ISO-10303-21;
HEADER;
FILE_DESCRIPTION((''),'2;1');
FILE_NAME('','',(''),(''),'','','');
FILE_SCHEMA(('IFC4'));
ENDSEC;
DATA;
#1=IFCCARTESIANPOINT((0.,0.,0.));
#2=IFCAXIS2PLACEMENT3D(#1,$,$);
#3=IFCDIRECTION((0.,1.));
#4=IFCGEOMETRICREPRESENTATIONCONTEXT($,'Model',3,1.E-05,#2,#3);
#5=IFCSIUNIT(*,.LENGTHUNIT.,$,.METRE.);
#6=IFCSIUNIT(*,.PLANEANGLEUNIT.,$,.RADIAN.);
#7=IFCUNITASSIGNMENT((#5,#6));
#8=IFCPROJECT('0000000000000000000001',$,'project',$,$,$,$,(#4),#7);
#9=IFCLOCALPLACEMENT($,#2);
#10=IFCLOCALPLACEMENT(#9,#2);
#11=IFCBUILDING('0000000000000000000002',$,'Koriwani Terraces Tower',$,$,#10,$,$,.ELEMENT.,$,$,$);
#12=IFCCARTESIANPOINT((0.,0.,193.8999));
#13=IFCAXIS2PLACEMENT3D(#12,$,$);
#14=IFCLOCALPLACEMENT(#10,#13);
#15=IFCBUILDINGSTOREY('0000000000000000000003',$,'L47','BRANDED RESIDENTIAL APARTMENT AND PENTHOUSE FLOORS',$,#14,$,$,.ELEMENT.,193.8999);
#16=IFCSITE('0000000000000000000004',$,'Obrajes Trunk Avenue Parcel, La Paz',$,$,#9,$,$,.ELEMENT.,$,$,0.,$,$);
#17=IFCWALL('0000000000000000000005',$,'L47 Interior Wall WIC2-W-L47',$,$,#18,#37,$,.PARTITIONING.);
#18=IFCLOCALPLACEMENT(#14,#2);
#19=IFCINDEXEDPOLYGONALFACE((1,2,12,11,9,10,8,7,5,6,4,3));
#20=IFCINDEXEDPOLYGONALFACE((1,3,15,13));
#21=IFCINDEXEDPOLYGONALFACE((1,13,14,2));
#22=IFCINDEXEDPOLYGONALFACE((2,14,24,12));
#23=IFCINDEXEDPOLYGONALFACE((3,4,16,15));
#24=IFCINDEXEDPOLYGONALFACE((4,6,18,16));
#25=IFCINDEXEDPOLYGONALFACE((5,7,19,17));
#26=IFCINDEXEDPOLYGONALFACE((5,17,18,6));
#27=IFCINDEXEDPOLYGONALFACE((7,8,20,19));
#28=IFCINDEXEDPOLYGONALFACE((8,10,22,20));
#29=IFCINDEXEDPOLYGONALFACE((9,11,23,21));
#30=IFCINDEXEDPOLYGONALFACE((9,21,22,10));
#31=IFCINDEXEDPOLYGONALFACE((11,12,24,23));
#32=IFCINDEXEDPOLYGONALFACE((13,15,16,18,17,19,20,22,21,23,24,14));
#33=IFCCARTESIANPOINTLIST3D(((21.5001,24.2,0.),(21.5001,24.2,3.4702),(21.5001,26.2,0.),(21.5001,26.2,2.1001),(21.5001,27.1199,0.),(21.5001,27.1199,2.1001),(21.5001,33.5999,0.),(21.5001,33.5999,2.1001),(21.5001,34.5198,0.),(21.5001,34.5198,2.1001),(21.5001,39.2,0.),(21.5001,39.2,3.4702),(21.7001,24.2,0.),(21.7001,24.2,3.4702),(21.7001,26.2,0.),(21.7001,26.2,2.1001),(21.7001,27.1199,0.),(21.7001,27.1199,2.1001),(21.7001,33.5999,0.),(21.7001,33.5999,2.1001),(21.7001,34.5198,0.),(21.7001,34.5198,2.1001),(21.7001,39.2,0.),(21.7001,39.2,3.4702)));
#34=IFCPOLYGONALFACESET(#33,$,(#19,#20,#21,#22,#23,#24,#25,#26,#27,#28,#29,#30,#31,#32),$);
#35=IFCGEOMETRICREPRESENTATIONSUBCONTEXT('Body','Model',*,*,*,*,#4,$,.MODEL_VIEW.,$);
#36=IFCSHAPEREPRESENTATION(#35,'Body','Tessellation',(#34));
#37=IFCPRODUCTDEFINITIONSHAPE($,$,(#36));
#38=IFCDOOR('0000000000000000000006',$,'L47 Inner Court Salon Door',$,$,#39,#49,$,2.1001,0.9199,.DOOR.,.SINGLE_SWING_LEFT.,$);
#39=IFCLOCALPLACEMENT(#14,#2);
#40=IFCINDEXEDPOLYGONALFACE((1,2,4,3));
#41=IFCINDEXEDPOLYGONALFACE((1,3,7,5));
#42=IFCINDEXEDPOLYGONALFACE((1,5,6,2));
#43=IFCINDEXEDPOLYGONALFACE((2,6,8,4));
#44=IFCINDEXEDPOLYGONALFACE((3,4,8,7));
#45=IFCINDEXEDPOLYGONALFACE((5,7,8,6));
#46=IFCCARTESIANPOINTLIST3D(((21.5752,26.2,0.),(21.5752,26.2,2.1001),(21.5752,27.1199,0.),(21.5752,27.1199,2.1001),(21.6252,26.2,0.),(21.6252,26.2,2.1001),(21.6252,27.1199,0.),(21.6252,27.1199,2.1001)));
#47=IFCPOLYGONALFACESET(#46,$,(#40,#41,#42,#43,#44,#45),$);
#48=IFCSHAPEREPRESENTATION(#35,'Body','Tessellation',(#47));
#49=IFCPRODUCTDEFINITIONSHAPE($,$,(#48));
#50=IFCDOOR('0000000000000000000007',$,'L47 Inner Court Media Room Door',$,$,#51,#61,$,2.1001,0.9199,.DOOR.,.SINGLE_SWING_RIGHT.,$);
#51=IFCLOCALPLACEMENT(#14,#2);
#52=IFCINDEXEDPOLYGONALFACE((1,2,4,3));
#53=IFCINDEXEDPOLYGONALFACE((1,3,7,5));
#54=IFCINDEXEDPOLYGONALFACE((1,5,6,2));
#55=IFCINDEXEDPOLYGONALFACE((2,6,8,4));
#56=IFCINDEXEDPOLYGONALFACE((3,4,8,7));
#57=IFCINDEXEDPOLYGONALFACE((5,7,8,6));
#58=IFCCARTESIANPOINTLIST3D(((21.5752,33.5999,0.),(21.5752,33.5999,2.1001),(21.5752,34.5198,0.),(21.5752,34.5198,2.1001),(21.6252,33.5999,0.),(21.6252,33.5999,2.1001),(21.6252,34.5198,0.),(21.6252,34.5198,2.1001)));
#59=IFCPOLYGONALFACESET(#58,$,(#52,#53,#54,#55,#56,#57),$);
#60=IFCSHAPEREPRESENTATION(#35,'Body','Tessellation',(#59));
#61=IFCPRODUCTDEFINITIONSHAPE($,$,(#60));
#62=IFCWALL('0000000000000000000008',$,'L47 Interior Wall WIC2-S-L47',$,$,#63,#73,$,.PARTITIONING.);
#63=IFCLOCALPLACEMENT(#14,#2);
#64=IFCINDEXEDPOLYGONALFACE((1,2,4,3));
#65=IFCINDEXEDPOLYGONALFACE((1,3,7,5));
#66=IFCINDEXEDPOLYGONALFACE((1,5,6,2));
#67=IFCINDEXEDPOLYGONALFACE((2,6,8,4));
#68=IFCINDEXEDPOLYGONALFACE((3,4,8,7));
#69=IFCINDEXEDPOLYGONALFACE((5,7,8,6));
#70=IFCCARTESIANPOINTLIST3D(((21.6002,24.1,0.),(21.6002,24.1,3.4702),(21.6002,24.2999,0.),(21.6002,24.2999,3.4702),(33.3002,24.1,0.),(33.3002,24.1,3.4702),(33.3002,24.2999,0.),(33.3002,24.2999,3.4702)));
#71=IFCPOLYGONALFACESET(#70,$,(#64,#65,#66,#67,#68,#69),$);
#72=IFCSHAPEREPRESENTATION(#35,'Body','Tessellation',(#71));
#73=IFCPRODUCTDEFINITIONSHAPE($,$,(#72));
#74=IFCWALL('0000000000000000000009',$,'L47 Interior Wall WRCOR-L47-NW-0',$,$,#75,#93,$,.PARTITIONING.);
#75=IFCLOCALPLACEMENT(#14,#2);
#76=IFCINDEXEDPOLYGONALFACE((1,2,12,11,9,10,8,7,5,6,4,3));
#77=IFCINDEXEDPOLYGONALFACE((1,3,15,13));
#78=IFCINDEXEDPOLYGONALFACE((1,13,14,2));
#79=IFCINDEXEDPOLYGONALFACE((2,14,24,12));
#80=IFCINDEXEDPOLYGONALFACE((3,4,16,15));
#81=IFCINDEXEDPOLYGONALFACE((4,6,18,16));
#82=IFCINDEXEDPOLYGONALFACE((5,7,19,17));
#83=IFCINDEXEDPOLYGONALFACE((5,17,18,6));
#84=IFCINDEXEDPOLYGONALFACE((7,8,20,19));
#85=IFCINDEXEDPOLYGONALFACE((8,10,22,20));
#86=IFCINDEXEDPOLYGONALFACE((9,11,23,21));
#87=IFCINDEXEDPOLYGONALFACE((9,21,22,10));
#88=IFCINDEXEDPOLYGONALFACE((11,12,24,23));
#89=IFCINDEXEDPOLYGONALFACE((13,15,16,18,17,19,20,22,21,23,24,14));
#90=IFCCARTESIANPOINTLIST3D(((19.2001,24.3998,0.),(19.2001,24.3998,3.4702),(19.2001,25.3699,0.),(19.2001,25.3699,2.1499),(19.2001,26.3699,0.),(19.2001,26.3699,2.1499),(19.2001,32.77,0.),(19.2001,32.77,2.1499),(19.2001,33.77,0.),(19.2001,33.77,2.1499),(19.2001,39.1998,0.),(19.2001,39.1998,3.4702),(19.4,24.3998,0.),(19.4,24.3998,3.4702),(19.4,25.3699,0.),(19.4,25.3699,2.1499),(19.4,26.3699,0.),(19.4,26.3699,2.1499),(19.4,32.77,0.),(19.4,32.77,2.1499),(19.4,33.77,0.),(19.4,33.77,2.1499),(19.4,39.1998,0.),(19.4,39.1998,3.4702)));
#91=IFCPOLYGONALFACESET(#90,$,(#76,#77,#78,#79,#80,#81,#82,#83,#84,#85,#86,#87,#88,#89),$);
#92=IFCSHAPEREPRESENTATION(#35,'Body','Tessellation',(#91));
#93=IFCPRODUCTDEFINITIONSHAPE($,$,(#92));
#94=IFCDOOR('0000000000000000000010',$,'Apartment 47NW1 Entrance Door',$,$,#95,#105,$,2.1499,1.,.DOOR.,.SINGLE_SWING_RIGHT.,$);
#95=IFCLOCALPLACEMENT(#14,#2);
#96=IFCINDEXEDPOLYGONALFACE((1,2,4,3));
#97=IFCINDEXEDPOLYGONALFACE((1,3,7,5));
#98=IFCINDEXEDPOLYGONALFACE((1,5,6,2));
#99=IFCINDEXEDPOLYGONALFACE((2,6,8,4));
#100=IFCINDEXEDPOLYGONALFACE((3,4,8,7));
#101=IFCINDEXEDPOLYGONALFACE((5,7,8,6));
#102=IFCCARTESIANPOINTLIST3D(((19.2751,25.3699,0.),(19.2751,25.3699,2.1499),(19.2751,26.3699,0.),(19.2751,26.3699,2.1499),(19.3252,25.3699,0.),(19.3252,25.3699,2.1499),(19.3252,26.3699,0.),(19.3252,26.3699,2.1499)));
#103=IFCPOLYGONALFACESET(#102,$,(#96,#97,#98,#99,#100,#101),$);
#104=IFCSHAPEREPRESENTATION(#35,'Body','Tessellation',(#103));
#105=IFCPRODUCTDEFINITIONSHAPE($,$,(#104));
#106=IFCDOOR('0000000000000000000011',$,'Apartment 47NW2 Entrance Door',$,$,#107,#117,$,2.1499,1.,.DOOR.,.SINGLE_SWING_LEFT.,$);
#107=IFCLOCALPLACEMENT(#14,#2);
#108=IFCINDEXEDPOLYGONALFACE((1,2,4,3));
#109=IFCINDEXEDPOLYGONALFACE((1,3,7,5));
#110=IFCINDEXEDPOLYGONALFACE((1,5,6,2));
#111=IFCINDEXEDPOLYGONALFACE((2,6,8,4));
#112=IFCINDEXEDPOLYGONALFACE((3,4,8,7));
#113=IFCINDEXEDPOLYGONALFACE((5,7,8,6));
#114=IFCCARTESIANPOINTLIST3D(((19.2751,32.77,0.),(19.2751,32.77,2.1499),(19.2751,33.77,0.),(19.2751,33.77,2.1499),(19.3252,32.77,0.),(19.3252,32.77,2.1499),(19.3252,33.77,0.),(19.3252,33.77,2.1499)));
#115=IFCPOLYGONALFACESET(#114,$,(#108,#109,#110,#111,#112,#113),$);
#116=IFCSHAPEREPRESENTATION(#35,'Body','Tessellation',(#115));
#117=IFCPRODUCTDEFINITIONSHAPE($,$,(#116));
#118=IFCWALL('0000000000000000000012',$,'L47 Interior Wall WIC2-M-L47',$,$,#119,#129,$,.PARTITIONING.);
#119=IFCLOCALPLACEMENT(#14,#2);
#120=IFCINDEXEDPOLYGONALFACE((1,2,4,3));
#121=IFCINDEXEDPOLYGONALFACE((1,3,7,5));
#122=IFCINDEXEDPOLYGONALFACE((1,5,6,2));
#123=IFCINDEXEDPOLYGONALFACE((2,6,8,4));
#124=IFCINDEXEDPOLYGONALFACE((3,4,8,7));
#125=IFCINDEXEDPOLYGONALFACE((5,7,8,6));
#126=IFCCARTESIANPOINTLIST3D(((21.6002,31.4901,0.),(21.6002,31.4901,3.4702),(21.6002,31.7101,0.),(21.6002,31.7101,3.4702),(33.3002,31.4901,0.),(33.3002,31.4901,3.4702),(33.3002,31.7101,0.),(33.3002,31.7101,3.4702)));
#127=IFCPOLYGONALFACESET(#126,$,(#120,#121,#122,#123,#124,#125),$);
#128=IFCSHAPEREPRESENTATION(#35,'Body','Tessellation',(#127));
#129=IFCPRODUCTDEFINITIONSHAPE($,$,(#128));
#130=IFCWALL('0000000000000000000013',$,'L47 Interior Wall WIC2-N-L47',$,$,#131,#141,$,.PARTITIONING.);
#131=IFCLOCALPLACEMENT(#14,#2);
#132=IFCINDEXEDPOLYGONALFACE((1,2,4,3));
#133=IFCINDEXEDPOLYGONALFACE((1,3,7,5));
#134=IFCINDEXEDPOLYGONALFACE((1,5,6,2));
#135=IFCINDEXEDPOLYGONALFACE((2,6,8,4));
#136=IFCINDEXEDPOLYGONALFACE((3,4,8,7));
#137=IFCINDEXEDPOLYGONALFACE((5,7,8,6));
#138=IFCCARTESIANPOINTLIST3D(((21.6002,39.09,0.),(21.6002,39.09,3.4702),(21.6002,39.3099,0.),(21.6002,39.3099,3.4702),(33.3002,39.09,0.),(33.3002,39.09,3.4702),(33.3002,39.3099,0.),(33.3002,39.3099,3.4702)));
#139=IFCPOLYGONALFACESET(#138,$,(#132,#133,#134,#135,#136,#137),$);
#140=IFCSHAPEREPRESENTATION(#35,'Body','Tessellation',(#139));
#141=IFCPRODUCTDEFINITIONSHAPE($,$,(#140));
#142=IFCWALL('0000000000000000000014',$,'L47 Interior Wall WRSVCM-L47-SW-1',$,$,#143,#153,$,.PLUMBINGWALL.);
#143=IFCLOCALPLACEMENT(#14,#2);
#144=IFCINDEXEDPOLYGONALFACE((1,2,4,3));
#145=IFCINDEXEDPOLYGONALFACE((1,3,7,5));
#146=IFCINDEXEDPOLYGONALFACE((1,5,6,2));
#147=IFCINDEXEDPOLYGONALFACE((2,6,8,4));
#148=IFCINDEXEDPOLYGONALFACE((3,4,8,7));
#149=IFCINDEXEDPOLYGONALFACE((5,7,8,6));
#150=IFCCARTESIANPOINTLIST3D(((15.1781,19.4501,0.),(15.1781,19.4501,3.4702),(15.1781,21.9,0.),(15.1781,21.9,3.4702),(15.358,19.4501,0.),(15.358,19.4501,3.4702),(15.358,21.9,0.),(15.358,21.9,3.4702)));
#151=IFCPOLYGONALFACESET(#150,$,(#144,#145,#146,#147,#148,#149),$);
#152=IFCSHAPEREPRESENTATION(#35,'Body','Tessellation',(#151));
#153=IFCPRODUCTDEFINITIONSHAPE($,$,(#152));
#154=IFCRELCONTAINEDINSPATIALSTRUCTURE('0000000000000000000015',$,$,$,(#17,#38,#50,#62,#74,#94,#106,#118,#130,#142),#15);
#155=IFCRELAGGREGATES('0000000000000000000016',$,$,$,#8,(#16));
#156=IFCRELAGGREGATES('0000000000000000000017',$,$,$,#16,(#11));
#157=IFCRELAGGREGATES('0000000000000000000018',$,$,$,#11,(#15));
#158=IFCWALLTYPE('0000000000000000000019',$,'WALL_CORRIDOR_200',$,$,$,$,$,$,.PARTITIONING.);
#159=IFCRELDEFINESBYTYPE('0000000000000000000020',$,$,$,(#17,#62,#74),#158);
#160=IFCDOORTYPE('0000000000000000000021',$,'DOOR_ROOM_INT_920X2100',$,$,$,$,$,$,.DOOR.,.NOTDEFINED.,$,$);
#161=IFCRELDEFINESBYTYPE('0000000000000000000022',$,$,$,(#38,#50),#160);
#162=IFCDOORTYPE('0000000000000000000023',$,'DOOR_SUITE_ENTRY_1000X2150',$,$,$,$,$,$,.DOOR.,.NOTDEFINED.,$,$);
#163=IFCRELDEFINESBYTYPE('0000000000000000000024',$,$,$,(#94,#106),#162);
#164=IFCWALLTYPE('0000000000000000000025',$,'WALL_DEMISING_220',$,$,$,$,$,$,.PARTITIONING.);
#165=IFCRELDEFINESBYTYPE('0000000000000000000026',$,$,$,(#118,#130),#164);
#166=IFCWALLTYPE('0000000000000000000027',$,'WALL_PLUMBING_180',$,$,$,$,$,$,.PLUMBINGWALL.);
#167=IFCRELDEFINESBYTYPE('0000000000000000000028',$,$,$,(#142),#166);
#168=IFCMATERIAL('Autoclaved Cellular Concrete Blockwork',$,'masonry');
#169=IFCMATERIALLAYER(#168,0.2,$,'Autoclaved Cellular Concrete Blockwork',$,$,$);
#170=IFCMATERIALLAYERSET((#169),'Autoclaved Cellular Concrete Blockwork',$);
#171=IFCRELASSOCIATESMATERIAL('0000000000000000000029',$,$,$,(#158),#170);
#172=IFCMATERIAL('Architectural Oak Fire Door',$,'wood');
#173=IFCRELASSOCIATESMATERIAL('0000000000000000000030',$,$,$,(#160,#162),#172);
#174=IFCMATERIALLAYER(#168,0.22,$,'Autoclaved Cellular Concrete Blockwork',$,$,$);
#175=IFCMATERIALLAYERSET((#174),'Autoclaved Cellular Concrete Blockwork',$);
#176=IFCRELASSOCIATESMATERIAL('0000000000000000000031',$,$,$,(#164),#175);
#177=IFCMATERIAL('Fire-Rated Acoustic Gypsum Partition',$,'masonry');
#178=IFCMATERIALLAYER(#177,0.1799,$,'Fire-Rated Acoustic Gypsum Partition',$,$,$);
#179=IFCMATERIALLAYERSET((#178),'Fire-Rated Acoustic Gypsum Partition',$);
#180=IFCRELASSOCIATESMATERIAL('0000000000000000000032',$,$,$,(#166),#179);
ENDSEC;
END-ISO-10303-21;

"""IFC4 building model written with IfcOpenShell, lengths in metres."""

from ifc_helpers import new_model, si_unit, direction, frame, frame_2d, origin, place, context, subcontext, project, spatial, rectangle, extrude, material, layer, layer_set, type_object, element, fill, save


model = new_model("IFC4")

# Units and contexts
model_context = context("Model", 3, precision=1e-05, world=origin(), true_north=direction((0.0, 1.0)))
body_context = subcontext(model_context, "Body", "Model", "MODEL_VIEW")
ifc_project = project(units=[si_unit("LENGTHUNIT", "METRE"), si_unit("PLANEANGLEUNIT", "RADIAN")], contexts=[model_context])

# Site, building, storey
site_placement = place(None, origin())
site = spatial("IfcSite", under=ifc_project, at=site_placement, Name="Obrajes Trunk Avenue Parcel, La Paz", CompositionType="ELEMENT", RefElevation=0.0)
building_placement = place(site_placement, origin())
building = spatial("IfcBuilding", under=site, at=building_placement, Name="Koriwani Terraces Tower", CompositionType="ELEMENT")
storey_placement = place(building_placement, frame((0.0, 0.0, 193.8999)))
storey = spatial("IfcBuildingStorey", under=building, at=storey_placement, Name="L47", Description="BRANDED RESIDENTIAL APARTMENT AND PENTHOUSE FLOORS", CompositionType="ELEMENT", Elevation=193.8999)

# Wall, openings, doors
ifc_material_1 = material(Name="Autoclaved Cellular Concrete Blockwork", Category="masonry")
ifc_layer_1 = layer(ifc_material_1, 0.2, Name="Autoclaved Cellular Concrete Blockwork")
ifc_layer_set_1 = layer_set([ifc_layer_1], Name="Autoclaved Cellular Concrete Blockwork")
wall_type_1 = type_object("IfcWallType", Name="WALL_CORRIDOR_200", PredefinedType="PARTITIONING", material=ifc_layer_set_1)
wall_1_placement = place(storey_placement, frame((21.6001, 24.2, 0.0), z_axis=(0.0, 0.0, 1.0), x_axis=(0.0, 1.0, 0.0)))
wall_1 = element("IfcWall", 1, at=wall_1_placement, inside=storey, type_object=wall_type_1, Name="L47 Interior Wall WIC2-W-L47", PredefinedType="PARTITIONING", context=body_context, shape_type="SweptSolid", body=[
    extrude(rectangle(XDim=15.0, YDim=0.2, at=frame_2d((7.5, 0.0))), origin(), (0.0, 0.0, 1.0), 3.4702),
])
opening_1_placement = place(wall_1_placement, frame((2.0, 0.0, 0.0)))
opening_1 = element("IfcOpeningElement", 2, at=opening_1_placement, cuts=wall_1, PredefinedType="OPENING", context=body_context, shape_type="SweptSolid", body=[
    extrude(rectangle(XDim=0.9199, YDim=2.1001, at=frame_2d((0.46, 1.05))), frame((0.0, 0.1099, 0.0), z_axis=(0.0, -1.0, 0.0), x_axis=(1.0, 0.0, 0.0)), (0.0, 0.0, 1.0), 0.22),
])
opening_2_placement = place(wall_1_placement, frame((9.3999, 0.0, 0.0)))
opening_2 = element("IfcOpeningElement", 3, at=opening_2_placement, cuts=wall_1, PredefinedType="OPENING", context=body_context, shape_type="SweptSolid", body=[
    extrude(rectangle(XDim=0.9199, YDim=2.1001, at=frame_2d((0.46, 1.05))), frame((0.0, 0.1099, 0.0), z_axis=(0.0, -1.0, 0.0), x_axis=(1.0, 0.0, 0.0)), (0.0, 0.0, 1.0), 0.22),
])
ifc_material_2 = material(Name="Architectural Oak Fire Door", Category="wood")
door_type_1 = type_object("IfcDoorType", Name="DOOR_ROOM_INT_920X2100", OperationType="NOTDEFINED", PredefinedType="DOOR", material=ifc_material_2)
door_1_placement = place(opening_1_placement, origin())
door_1 = element("IfcDoor", 4, at=door_1_placement, inside=storey, type_object=door_type_1, Name="L47 Inner Court Salon Door", OperationType="SINGLE_SWING_LEFT", OverallHeight=2.1001, OverallWidth=0.9199, PredefinedType="DOOR", context=body_context, shape_type="SweptSolid", body=[
    extrude(rectangle(XDim=0.9199, YDim=2.1001, at=frame_2d((0.46, 1.05))), frame((0.0, 0.0249, 0.0), z_axis=(0.0, -1.0, 0.0), x_axis=(1.0, 0.0, 0.0)), (0.0, 0.0, 1.0), 0.05),
])
fill(opening_1, door_1)
door_2_placement = place(opening_2_placement, origin())
door_2 = element("IfcDoor", 5, at=door_2_placement, inside=storey, type_object=door_type_1, Name="L47 Inner Court Media Room Door", OperationType="SINGLE_SWING_RIGHT", OverallHeight=2.1001, OverallWidth=0.9199, PredefinedType="DOOR", context=body_context, shape_type="SweptSolid", body=[
    extrude(rectangle(XDim=0.9199, YDim=2.1001, at=frame_2d((0.46, 1.05))), frame((0.0, 0.0249, 0.0), z_axis=(0.0, -1.0, 0.0), x_axis=(1.0, 0.0, 0.0)), (0.0, 0.0, 1.0), 0.05),
])
fill(opening_2, door_2)

# Wall
wall_2_placement = place(storey_placement, frame((21.6001, 24.2, 0.0), z_axis=(0.0, 0.0, 1.0), x_axis=(1.0, 0.0, 0.0)))
element("IfcWall", 6, at=wall_2_placement, inside=storey, type_object=wall_type_1, Name="L47 Interior Wall WIC2-S-L47", PredefinedType="PARTITIONING", context=body_context, shape_type="SweptSolid", body=[
    extrude(rectangle(XDim=11.7, YDim=0.2, at=frame_2d((5.8501, 0.0))), origin(), (0.0, 0.0, 1.0), 3.4702),
])

# Wall, openings, doors
wall_3_placement = place(storey_placement, frame((19.3, 24.3999, 0.0), z_axis=(0.0, 0.0, 1.0), x_axis=(0.0, 1.0, 0.0)))
wall_3 = element("IfcWall", 7, at=wall_3_placement, inside=storey, type_object=wall_type_1, Name="L47 Interior Wall WRCOR-L47-NW-0", PredefinedType="PARTITIONING", context=body_context, shape_type="SweptSolid", body=[
    extrude(rectangle(XDim=14.8, YDim=0.2, at=frame_2d((7.3999, 0.0))), origin(), (0.0, 0.0, 1.0), 3.4702),
])
opening_3_placement = place(wall_3_placement, frame((0.97, 0.0, 0.0)))
opening_3 = element("IfcOpeningElement", 8, at=opening_3_placement, cuts=wall_3, PredefinedType="OPENING", context=body_context, shape_type="SweptSolid", body=[
    extrude(rectangle(XDim=1.0, YDim=2.1499, at=frame_2d((0.5, 1.075))), frame((0.0, 0.1099, 0.0), z_axis=(0.0, -1.0, 0.0), x_axis=(1.0, 0.0, 0.0)), (0.0, 0.0, 1.0), 0.22),
])
opening_4_placement = place(wall_3_placement, frame((8.3701, 0.0, 0.0)))
opening_4 = element("IfcOpeningElement", 9, at=opening_4_placement, cuts=wall_3, PredefinedType="OPENING", context=body_context, shape_type="SweptSolid", body=[
    extrude(rectangle(XDim=1.0, YDim=2.1499, at=frame_2d((0.5, 1.075))), frame((0.0, 0.1099, 0.0), z_axis=(0.0, -1.0, 0.0), x_axis=(1.0, 0.0, 0.0)), (0.0, 0.0, 1.0), 0.22),
])
door_type_2 = type_object("IfcDoorType", Name="DOOR_SUITE_ENTRY_1000X2150", OperationType="NOTDEFINED", PredefinedType="DOOR", material=ifc_material_2)
door_3_placement = place(opening_3_placement, origin())
door_3 = element("IfcDoor", 10, at=door_3_placement, inside=storey, type_object=door_type_2, Name="Apartment 47NW1 Entrance Door", OperationType="SINGLE_SWING_RIGHT", OverallHeight=2.1499, OverallWidth=1.0, PredefinedType="DOOR", context=body_context, shape_type="SweptSolid", body=[
    extrude(rectangle(XDim=1.0, YDim=2.1499, at=frame_2d((0.5, 1.075))), frame((0.0, 0.0249, 0.0), z_axis=(0.0, -1.0, 0.0), x_axis=(1.0, 0.0, 0.0)), (0.0, 0.0, 1.0), 0.05),
])
fill(opening_3, door_3)
door_4_placement = place(opening_4_placement, origin())
door_4 = element("IfcDoor", 11, at=door_4_placement, inside=storey, type_object=door_type_2, Name="Apartment 47NW2 Entrance Door", OperationType="SINGLE_SWING_LEFT", OverallHeight=2.1499, OverallWidth=1.0, PredefinedType="DOOR", context=body_context, shape_type="SweptSolid", body=[
    extrude(rectangle(XDim=1.0, YDim=2.1499, at=frame_2d((0.5, 1.075))), frame((0.0, 0.0249, 0.0), z_axis=(0.0, -1.0, 0.0), x_axis=(1.0, 0.0, 0.0)), (0.0, 0.0, 1.0), 0.05),
])
fill(opening_4, door_4)

# Walls
ifc_layer_2 = layer(ifc_material_1, 0.22, Name="Autoclaved Cellular Concrete Blockwork")
ifc_layer_set_2 = layer_set([ifc_layer_2], Name="Autoclaved Cellular Concrete Blockwork")
wall_type_2 = type_object("IfcWallType", Name="WALL_DEMISING_220", PredefinedType="PARTITIONING", material=ifc_layer_set_2)
for number, where, z_axis, x_axis, name in (
    (12, (21.6001, 31.6001, 0.0), (0.0, 0.0, 1.0), (1.0, 0.0, 0.0), "L47 Interior Wall WIC2-M-L47"),
    (13, (21.6001, 39.2, 0.0), (0.0, 0.0, 1.0), (1.0, 0.0, 0.0), "L47 Interior Wall WIC2-N-L47"),
):
    element("IfcWall", number, at=place(storey_placement, frame(where, z_axis=z_axis, x_axis=x_axis)), inside=storey, type_object=wall_type_2, Name=name, PredefinedType="PARTITIONING", context=body_context, shape_type="SweptSolid", body=[
        extrude(rectangle(XDim=11.7, YDim=0.22, at=frame_2d((5.8501, 0.0))), origin(), (0.0, 0.0, 1.0), 3.4702),
    ])
ifc_material_3 = material(Name="Fire-Rated Acoustic Gypsum Partition", Category="masonry")
ifc_layer_3 = layer(ifc_material_3, 0.1799, Name="Fire-Rated Acoustic Gypsum Partition")
ifc_layer_set_3 = layer_set([ifc_layer_3], Name="Fire-Rated Acoustic Gypsum Partition")
wall_type_3 = type_object("IfcWallType", Name="WALL_PLUMBING_180", PredefinedType="PLUMBINGWALL", material=ifc_layer_set_3)
wall_4_placement = place(storey_placement, frame((15.2681, 19.45, 0.0), z_axis=(0.0, 0.0, 1.0), x_axis=(0.0, 1.0, 0.0)))
element("IfcWall", 14, at=wall_4_placement, inside=storey, type_object=wall_type_3, Name="L47 Interior Wall WRSVCM-L47-SW-1", PredefinedType="PLUMBINGWALL", context=body_context, shape_type="SweptSolid", body=[
    extrude(rectangle(XDim=2.45, YDim=0.1799, at=frame_2d((1.2251, 0.0))), origin(), (0.0, 0.0, 1.0), 3.4702),
])

save(model, "model.ifc")
